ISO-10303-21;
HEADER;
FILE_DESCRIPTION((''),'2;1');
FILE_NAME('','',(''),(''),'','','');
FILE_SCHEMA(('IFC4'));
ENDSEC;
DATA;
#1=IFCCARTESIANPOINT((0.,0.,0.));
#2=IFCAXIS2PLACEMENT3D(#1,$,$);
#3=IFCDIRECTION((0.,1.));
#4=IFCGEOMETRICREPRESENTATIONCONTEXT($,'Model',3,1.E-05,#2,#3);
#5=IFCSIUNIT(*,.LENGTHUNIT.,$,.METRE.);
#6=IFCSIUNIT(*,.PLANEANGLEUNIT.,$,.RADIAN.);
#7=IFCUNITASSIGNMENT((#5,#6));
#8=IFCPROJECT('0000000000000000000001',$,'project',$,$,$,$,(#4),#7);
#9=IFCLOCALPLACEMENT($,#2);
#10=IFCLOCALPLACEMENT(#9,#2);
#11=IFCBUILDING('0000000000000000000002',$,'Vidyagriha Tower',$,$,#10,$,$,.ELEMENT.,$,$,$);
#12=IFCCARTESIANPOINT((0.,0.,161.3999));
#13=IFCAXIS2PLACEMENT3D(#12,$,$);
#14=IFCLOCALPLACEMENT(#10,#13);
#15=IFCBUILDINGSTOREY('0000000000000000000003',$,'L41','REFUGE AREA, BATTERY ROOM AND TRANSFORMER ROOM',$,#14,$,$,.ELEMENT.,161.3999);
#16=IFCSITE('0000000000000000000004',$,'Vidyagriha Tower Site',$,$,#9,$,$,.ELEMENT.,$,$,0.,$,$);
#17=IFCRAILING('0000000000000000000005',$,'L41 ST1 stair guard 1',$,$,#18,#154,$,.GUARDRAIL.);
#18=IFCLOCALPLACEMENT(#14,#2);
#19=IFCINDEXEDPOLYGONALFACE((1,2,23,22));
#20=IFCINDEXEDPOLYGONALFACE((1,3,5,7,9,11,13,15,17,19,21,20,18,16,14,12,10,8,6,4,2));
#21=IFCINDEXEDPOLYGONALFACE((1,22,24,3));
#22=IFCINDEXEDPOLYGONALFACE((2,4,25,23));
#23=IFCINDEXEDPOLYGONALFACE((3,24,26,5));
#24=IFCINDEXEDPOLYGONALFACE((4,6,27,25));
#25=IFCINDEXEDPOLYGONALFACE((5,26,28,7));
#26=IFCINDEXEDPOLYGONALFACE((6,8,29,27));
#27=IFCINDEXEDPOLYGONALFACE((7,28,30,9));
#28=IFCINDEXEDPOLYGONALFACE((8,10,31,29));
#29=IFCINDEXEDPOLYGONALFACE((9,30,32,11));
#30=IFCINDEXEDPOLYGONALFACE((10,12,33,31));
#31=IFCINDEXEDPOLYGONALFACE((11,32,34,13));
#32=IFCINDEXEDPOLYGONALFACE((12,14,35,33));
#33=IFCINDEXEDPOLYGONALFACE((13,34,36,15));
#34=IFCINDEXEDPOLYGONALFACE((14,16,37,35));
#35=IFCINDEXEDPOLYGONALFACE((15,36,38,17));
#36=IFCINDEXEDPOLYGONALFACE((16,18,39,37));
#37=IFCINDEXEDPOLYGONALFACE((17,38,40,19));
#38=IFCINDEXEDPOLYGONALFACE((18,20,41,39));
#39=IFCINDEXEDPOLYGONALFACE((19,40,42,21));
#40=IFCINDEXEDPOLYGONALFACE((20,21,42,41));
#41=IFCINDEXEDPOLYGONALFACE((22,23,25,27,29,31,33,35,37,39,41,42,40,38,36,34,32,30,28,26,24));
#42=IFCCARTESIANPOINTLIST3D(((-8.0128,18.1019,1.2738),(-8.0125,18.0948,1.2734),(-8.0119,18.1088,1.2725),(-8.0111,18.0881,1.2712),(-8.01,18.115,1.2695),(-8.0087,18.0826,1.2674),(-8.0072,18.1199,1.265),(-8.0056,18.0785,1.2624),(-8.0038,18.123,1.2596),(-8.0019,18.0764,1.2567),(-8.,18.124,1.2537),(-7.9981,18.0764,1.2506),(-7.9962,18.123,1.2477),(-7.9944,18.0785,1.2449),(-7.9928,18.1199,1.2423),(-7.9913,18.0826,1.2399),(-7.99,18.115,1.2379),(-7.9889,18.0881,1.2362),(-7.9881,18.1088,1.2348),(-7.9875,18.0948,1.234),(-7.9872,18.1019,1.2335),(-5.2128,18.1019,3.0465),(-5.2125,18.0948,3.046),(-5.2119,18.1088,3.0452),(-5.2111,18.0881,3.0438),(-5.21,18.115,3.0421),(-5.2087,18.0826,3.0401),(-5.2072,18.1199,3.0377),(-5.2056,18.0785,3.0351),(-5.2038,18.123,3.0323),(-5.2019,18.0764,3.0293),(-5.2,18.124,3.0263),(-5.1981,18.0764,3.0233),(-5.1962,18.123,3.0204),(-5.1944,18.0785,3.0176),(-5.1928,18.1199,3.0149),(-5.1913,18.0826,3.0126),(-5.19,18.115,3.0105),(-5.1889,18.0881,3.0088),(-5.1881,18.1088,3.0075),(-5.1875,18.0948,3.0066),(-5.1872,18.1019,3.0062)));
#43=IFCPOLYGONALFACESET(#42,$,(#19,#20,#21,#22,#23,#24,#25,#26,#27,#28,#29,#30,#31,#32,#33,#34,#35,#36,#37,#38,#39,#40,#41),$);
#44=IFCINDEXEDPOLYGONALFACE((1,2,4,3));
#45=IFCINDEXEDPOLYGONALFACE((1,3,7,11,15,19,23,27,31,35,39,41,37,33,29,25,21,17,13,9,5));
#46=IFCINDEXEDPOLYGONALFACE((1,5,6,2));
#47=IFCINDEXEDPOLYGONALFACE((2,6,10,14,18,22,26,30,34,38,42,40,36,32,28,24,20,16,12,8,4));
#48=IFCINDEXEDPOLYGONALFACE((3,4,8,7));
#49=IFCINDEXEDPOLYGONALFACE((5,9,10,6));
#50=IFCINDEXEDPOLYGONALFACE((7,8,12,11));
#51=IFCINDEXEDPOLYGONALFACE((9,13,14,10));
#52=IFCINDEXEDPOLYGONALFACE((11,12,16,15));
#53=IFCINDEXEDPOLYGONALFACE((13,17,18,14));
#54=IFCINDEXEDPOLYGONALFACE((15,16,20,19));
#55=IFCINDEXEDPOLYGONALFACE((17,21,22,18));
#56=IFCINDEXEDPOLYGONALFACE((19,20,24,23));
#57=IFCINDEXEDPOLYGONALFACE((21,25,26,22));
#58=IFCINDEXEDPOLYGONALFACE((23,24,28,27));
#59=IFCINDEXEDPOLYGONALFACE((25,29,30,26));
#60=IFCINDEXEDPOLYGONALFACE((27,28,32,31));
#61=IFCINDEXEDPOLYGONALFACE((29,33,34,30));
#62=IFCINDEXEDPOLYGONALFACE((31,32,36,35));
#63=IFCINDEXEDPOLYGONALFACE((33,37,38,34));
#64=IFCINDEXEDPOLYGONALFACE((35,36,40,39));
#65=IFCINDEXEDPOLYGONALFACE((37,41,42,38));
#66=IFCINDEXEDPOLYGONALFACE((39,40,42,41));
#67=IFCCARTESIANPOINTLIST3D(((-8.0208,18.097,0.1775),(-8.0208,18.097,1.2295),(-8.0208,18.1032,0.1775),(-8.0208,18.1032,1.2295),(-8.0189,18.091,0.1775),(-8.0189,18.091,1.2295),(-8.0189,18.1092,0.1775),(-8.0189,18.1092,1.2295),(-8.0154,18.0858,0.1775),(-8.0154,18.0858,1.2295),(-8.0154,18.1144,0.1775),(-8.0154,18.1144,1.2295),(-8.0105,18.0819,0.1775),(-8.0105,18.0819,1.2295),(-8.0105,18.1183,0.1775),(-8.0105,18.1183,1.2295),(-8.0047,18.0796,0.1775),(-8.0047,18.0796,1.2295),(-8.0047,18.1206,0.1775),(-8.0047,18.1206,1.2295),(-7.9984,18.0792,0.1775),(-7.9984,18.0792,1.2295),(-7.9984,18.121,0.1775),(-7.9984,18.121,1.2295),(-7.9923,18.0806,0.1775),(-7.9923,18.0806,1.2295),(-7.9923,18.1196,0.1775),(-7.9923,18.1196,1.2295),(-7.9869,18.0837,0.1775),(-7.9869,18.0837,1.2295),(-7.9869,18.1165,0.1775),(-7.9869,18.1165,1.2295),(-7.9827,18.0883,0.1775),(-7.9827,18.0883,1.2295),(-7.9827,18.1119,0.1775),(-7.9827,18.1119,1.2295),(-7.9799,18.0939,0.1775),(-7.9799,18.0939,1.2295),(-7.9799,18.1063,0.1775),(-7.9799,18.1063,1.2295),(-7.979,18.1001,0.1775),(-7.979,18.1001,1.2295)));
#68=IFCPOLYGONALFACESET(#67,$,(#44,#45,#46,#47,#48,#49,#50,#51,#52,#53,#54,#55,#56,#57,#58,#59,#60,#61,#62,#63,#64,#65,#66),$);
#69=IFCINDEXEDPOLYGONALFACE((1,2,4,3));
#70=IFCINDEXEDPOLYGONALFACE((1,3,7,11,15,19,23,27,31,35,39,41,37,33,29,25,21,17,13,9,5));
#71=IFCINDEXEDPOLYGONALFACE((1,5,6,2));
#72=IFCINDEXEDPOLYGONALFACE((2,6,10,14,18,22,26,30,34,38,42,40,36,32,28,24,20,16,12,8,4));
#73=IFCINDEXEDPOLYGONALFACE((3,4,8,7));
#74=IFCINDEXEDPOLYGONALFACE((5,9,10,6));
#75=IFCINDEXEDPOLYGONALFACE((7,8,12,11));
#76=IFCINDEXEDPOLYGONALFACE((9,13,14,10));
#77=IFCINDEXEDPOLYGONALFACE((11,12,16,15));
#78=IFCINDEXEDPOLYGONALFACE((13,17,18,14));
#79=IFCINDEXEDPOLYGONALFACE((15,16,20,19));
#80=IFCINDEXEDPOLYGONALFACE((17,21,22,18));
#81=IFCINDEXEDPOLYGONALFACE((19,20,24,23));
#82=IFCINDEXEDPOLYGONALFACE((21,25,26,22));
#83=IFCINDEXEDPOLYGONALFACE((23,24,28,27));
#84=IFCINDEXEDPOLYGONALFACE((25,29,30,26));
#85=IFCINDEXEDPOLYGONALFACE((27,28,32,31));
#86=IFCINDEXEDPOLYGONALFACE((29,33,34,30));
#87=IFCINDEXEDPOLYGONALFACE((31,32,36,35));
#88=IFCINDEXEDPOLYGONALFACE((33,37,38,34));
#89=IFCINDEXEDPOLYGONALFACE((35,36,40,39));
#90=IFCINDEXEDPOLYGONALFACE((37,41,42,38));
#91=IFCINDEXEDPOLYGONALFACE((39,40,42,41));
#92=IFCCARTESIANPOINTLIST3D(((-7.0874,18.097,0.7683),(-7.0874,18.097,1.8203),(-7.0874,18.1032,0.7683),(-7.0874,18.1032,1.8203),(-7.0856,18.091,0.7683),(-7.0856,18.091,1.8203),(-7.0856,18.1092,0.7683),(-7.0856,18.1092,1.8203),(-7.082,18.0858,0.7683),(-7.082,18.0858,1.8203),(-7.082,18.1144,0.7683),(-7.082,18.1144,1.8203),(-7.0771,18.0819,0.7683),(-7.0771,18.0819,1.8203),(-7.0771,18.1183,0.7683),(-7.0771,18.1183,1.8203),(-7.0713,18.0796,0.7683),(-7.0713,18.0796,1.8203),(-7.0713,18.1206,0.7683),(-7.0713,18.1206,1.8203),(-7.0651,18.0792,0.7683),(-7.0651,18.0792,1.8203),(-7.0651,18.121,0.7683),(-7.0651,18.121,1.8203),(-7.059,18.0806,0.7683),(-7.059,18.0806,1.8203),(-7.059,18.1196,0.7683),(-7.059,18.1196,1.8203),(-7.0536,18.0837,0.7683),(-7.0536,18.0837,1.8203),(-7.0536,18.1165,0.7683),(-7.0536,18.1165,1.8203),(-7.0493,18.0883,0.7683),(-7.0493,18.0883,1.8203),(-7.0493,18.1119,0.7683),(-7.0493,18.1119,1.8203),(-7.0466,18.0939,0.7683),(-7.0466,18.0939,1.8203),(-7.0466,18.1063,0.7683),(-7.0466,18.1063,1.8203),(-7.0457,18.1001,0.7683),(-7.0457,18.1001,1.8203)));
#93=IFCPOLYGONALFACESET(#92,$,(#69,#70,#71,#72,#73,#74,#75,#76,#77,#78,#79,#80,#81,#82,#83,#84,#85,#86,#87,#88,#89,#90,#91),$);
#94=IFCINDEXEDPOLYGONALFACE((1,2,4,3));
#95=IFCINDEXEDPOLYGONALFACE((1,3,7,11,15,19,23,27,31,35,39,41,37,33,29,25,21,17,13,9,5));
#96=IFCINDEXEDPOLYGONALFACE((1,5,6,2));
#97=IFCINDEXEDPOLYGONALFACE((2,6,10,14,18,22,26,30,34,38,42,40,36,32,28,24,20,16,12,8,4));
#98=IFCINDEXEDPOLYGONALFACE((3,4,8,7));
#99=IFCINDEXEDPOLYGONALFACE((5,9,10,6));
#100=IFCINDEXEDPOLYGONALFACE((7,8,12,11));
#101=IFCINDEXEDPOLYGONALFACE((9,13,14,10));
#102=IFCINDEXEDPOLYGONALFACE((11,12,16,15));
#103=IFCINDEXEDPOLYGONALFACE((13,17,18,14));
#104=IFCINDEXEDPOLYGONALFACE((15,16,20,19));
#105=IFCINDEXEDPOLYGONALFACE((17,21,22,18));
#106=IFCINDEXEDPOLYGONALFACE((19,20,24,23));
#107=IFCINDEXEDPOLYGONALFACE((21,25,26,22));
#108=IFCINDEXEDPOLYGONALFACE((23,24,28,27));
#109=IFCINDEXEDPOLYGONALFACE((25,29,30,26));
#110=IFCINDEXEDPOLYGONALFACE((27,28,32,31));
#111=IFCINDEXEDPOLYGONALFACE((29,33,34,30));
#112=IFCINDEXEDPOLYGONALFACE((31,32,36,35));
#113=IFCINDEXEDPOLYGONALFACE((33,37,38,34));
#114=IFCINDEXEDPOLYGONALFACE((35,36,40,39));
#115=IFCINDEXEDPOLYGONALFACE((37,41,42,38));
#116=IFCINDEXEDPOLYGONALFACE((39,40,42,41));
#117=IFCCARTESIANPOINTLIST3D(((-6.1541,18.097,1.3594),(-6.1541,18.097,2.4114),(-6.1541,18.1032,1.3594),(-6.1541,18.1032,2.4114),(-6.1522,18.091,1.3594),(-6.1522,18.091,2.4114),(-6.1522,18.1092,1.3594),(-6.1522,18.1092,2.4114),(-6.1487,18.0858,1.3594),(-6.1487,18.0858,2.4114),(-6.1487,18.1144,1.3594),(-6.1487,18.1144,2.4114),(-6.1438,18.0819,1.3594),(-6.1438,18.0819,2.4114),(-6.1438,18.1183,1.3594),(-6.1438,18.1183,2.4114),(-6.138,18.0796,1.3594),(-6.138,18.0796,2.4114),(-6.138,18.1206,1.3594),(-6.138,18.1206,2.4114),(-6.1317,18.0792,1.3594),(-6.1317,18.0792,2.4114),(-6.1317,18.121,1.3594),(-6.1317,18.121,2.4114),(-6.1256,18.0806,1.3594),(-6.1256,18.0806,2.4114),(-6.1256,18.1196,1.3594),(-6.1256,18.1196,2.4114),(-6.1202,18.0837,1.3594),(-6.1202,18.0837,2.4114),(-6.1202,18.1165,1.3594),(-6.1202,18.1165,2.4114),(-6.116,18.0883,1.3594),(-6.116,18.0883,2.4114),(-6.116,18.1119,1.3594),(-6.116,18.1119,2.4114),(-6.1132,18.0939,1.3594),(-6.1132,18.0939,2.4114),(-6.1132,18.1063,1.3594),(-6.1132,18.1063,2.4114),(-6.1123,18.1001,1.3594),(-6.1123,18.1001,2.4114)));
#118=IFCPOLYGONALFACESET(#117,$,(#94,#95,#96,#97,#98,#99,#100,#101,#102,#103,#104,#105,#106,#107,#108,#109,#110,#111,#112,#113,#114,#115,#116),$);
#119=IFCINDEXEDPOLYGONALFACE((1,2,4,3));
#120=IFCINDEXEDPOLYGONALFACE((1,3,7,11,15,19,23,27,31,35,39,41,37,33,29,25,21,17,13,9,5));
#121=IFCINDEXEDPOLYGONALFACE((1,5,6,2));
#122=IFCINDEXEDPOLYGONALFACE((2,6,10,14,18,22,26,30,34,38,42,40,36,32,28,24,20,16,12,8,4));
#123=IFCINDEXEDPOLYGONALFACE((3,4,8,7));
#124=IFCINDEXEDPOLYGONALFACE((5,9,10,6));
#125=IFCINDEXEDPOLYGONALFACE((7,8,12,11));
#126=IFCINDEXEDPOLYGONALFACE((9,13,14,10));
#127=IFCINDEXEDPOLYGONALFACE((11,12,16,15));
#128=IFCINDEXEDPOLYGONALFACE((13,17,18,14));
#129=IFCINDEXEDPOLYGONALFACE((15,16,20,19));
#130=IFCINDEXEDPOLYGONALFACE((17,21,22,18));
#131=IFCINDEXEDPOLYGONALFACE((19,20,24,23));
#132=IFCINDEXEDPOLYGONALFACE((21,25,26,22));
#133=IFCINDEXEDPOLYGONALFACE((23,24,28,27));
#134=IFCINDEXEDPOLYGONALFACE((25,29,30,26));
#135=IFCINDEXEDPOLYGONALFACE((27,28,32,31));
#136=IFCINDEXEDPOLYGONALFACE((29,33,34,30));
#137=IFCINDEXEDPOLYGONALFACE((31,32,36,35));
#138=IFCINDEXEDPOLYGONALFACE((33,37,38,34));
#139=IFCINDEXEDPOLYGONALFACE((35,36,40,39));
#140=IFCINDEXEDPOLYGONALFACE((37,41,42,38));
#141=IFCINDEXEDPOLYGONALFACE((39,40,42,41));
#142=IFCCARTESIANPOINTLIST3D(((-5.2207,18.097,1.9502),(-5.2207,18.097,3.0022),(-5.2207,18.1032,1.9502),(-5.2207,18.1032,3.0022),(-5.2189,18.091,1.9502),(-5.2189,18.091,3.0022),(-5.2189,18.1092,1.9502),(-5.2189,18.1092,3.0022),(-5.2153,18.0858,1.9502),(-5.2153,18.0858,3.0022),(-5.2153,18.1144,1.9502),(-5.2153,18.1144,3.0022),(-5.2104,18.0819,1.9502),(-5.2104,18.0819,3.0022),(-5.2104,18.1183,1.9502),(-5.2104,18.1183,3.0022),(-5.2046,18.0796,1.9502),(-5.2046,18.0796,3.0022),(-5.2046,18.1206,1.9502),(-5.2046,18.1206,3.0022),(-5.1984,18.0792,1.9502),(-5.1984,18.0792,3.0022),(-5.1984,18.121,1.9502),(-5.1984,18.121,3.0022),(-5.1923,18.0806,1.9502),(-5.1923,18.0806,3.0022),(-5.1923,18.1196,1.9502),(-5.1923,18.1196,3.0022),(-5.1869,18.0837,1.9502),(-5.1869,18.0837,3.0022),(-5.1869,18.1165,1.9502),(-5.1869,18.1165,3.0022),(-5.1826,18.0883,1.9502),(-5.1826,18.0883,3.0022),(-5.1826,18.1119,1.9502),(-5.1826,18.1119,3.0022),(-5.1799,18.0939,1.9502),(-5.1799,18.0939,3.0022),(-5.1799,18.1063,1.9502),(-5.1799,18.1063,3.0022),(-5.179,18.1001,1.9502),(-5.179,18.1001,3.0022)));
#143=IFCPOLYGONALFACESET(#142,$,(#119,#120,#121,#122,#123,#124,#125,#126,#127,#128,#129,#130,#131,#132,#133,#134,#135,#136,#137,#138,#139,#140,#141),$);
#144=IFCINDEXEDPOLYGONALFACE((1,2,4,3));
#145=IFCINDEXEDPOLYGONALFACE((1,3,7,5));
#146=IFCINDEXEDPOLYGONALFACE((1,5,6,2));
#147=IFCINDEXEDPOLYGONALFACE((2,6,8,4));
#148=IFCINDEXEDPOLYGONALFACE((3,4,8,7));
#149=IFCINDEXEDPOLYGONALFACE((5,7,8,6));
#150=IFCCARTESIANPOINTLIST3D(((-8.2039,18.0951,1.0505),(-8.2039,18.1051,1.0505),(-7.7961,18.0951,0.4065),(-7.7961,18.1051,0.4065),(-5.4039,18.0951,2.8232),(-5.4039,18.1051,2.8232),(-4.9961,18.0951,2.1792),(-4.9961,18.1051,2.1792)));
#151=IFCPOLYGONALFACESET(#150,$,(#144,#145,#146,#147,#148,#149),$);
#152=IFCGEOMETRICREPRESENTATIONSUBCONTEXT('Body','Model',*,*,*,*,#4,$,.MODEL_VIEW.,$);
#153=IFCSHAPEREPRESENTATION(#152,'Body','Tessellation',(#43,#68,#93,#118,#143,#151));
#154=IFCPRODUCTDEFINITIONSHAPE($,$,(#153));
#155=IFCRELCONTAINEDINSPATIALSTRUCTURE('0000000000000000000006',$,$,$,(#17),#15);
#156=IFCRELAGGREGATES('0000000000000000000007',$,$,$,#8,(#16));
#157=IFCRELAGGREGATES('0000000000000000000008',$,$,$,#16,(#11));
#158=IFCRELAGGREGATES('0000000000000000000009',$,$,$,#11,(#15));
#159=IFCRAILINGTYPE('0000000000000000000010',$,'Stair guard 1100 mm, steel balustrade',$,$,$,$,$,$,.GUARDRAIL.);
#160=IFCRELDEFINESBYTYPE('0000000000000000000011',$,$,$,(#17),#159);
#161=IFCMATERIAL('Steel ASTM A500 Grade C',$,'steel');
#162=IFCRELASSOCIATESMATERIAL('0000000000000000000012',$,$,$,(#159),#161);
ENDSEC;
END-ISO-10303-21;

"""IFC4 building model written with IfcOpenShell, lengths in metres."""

from ifc_helpers import new_model, si_unit, direction, frame, origin, origin_2d, place, context, subcontext, project, spatial, rectangle, circle, extrude, material, type_object, element, save


model = new_model("IFC4")

# Units and contexts
model_context = context("Model", 3, precision=1e-05, world=origin(), true_north=direction((0.0, 1.0)))
body_context = subcontext(model_context, "Body", "Model", "MODEL_VIEW")
ifc_project = project(units=[si_unit("LENGTHUNIT", "METRE"), si_unit("PLANEANGLEUNIT", "RADIAN")], contexts=[model_context])

# Site, building, storey
site_placement = place(None, origin())
site = spatial("IfcSite", under=ifc_project, at=site_placement, Name="Vidyagriha Tower Site", CompositionType="ELEMENT", RefElevation=0.0)
building_placement = place(site_placement, origin())
building = spatial("IfcBuilding", under=site, at=building_placement, Name="Vidyagriha Tower", CompositionType="ELEMENT")
storey_placement = place(building_placement, frame((0.0, 0.0, 161.3999)))
storey = spatial("IfcBuildingStorey", under=building, at=storey_placement, Name="L41", Description="REFUGE AREA, BATTERY ROOM AND TRANSFORMER ROOM", CompositionType="ELEMENT", Elevation=161.3999)

# Railing
ifc_material_1 = material(Name="Steel ASTM A500 Grade C", Category="steel")
railing_type_1 = type_object("IfcRailingType", Name="Stair guard 1100 mm, steel balustrade", PredefinedType="GUARDRAIL", material=ifc_material_1)
railing_1_placement = place(storey_placement, frame((-8.0, 18.1001, 0.1775)))
element("IfcRailing", 1, at=railing_1_placement, inside=storey, type_object=railing_type_1, Name="L41 ST1 stair guard 1", PredefinedType="GUARDRAIL", context=body_context, shape_type="SweptSolid", body=[
    extrude(circle(Radius=0.0239, at=origin_2d()), frame((0.0, 0.0, 1.0762), z_axis=(0.844909, 0.0, 0.53491), x_axis=(0.0, 1.0, 0.0)), (0.0, 0.0, 1.0), 3.314),
    extrude(circle(Radius=0.021, at=origin_2d()), origin(), (0.0, 0.0, 1.0), 1.052),
    extrude(circle(Radius=0.021, at=origin_2d()), frame((0.9333, 0.0, 0.5908)), (0.0, 0.0, 1.0), 1.052),
    extrude(circle(Radius=0.021, at=origin_2d()), frame((1.8667, 0.0, 1.1819)), (0.0, 0.0, 1.0), 1.052),
    extrude(circle(Radius=0.021, at=origin_2d()), frame((2.8, 0.0, 1.7727)), (0.0, 0.0, 1.0), 1.052),
    extrude(rectangle(XDim=0.01, YDim=0.7622, at=origin_2d()), frame((0.0, 0.0, 0.551), z_axis=(0.844909, 0.0, 0.53491), x_axis=(0.0, 1.0, 0.0)), (0.0, 0.0, 1.0), 3.314),
])

save(model, "model.ifc")
